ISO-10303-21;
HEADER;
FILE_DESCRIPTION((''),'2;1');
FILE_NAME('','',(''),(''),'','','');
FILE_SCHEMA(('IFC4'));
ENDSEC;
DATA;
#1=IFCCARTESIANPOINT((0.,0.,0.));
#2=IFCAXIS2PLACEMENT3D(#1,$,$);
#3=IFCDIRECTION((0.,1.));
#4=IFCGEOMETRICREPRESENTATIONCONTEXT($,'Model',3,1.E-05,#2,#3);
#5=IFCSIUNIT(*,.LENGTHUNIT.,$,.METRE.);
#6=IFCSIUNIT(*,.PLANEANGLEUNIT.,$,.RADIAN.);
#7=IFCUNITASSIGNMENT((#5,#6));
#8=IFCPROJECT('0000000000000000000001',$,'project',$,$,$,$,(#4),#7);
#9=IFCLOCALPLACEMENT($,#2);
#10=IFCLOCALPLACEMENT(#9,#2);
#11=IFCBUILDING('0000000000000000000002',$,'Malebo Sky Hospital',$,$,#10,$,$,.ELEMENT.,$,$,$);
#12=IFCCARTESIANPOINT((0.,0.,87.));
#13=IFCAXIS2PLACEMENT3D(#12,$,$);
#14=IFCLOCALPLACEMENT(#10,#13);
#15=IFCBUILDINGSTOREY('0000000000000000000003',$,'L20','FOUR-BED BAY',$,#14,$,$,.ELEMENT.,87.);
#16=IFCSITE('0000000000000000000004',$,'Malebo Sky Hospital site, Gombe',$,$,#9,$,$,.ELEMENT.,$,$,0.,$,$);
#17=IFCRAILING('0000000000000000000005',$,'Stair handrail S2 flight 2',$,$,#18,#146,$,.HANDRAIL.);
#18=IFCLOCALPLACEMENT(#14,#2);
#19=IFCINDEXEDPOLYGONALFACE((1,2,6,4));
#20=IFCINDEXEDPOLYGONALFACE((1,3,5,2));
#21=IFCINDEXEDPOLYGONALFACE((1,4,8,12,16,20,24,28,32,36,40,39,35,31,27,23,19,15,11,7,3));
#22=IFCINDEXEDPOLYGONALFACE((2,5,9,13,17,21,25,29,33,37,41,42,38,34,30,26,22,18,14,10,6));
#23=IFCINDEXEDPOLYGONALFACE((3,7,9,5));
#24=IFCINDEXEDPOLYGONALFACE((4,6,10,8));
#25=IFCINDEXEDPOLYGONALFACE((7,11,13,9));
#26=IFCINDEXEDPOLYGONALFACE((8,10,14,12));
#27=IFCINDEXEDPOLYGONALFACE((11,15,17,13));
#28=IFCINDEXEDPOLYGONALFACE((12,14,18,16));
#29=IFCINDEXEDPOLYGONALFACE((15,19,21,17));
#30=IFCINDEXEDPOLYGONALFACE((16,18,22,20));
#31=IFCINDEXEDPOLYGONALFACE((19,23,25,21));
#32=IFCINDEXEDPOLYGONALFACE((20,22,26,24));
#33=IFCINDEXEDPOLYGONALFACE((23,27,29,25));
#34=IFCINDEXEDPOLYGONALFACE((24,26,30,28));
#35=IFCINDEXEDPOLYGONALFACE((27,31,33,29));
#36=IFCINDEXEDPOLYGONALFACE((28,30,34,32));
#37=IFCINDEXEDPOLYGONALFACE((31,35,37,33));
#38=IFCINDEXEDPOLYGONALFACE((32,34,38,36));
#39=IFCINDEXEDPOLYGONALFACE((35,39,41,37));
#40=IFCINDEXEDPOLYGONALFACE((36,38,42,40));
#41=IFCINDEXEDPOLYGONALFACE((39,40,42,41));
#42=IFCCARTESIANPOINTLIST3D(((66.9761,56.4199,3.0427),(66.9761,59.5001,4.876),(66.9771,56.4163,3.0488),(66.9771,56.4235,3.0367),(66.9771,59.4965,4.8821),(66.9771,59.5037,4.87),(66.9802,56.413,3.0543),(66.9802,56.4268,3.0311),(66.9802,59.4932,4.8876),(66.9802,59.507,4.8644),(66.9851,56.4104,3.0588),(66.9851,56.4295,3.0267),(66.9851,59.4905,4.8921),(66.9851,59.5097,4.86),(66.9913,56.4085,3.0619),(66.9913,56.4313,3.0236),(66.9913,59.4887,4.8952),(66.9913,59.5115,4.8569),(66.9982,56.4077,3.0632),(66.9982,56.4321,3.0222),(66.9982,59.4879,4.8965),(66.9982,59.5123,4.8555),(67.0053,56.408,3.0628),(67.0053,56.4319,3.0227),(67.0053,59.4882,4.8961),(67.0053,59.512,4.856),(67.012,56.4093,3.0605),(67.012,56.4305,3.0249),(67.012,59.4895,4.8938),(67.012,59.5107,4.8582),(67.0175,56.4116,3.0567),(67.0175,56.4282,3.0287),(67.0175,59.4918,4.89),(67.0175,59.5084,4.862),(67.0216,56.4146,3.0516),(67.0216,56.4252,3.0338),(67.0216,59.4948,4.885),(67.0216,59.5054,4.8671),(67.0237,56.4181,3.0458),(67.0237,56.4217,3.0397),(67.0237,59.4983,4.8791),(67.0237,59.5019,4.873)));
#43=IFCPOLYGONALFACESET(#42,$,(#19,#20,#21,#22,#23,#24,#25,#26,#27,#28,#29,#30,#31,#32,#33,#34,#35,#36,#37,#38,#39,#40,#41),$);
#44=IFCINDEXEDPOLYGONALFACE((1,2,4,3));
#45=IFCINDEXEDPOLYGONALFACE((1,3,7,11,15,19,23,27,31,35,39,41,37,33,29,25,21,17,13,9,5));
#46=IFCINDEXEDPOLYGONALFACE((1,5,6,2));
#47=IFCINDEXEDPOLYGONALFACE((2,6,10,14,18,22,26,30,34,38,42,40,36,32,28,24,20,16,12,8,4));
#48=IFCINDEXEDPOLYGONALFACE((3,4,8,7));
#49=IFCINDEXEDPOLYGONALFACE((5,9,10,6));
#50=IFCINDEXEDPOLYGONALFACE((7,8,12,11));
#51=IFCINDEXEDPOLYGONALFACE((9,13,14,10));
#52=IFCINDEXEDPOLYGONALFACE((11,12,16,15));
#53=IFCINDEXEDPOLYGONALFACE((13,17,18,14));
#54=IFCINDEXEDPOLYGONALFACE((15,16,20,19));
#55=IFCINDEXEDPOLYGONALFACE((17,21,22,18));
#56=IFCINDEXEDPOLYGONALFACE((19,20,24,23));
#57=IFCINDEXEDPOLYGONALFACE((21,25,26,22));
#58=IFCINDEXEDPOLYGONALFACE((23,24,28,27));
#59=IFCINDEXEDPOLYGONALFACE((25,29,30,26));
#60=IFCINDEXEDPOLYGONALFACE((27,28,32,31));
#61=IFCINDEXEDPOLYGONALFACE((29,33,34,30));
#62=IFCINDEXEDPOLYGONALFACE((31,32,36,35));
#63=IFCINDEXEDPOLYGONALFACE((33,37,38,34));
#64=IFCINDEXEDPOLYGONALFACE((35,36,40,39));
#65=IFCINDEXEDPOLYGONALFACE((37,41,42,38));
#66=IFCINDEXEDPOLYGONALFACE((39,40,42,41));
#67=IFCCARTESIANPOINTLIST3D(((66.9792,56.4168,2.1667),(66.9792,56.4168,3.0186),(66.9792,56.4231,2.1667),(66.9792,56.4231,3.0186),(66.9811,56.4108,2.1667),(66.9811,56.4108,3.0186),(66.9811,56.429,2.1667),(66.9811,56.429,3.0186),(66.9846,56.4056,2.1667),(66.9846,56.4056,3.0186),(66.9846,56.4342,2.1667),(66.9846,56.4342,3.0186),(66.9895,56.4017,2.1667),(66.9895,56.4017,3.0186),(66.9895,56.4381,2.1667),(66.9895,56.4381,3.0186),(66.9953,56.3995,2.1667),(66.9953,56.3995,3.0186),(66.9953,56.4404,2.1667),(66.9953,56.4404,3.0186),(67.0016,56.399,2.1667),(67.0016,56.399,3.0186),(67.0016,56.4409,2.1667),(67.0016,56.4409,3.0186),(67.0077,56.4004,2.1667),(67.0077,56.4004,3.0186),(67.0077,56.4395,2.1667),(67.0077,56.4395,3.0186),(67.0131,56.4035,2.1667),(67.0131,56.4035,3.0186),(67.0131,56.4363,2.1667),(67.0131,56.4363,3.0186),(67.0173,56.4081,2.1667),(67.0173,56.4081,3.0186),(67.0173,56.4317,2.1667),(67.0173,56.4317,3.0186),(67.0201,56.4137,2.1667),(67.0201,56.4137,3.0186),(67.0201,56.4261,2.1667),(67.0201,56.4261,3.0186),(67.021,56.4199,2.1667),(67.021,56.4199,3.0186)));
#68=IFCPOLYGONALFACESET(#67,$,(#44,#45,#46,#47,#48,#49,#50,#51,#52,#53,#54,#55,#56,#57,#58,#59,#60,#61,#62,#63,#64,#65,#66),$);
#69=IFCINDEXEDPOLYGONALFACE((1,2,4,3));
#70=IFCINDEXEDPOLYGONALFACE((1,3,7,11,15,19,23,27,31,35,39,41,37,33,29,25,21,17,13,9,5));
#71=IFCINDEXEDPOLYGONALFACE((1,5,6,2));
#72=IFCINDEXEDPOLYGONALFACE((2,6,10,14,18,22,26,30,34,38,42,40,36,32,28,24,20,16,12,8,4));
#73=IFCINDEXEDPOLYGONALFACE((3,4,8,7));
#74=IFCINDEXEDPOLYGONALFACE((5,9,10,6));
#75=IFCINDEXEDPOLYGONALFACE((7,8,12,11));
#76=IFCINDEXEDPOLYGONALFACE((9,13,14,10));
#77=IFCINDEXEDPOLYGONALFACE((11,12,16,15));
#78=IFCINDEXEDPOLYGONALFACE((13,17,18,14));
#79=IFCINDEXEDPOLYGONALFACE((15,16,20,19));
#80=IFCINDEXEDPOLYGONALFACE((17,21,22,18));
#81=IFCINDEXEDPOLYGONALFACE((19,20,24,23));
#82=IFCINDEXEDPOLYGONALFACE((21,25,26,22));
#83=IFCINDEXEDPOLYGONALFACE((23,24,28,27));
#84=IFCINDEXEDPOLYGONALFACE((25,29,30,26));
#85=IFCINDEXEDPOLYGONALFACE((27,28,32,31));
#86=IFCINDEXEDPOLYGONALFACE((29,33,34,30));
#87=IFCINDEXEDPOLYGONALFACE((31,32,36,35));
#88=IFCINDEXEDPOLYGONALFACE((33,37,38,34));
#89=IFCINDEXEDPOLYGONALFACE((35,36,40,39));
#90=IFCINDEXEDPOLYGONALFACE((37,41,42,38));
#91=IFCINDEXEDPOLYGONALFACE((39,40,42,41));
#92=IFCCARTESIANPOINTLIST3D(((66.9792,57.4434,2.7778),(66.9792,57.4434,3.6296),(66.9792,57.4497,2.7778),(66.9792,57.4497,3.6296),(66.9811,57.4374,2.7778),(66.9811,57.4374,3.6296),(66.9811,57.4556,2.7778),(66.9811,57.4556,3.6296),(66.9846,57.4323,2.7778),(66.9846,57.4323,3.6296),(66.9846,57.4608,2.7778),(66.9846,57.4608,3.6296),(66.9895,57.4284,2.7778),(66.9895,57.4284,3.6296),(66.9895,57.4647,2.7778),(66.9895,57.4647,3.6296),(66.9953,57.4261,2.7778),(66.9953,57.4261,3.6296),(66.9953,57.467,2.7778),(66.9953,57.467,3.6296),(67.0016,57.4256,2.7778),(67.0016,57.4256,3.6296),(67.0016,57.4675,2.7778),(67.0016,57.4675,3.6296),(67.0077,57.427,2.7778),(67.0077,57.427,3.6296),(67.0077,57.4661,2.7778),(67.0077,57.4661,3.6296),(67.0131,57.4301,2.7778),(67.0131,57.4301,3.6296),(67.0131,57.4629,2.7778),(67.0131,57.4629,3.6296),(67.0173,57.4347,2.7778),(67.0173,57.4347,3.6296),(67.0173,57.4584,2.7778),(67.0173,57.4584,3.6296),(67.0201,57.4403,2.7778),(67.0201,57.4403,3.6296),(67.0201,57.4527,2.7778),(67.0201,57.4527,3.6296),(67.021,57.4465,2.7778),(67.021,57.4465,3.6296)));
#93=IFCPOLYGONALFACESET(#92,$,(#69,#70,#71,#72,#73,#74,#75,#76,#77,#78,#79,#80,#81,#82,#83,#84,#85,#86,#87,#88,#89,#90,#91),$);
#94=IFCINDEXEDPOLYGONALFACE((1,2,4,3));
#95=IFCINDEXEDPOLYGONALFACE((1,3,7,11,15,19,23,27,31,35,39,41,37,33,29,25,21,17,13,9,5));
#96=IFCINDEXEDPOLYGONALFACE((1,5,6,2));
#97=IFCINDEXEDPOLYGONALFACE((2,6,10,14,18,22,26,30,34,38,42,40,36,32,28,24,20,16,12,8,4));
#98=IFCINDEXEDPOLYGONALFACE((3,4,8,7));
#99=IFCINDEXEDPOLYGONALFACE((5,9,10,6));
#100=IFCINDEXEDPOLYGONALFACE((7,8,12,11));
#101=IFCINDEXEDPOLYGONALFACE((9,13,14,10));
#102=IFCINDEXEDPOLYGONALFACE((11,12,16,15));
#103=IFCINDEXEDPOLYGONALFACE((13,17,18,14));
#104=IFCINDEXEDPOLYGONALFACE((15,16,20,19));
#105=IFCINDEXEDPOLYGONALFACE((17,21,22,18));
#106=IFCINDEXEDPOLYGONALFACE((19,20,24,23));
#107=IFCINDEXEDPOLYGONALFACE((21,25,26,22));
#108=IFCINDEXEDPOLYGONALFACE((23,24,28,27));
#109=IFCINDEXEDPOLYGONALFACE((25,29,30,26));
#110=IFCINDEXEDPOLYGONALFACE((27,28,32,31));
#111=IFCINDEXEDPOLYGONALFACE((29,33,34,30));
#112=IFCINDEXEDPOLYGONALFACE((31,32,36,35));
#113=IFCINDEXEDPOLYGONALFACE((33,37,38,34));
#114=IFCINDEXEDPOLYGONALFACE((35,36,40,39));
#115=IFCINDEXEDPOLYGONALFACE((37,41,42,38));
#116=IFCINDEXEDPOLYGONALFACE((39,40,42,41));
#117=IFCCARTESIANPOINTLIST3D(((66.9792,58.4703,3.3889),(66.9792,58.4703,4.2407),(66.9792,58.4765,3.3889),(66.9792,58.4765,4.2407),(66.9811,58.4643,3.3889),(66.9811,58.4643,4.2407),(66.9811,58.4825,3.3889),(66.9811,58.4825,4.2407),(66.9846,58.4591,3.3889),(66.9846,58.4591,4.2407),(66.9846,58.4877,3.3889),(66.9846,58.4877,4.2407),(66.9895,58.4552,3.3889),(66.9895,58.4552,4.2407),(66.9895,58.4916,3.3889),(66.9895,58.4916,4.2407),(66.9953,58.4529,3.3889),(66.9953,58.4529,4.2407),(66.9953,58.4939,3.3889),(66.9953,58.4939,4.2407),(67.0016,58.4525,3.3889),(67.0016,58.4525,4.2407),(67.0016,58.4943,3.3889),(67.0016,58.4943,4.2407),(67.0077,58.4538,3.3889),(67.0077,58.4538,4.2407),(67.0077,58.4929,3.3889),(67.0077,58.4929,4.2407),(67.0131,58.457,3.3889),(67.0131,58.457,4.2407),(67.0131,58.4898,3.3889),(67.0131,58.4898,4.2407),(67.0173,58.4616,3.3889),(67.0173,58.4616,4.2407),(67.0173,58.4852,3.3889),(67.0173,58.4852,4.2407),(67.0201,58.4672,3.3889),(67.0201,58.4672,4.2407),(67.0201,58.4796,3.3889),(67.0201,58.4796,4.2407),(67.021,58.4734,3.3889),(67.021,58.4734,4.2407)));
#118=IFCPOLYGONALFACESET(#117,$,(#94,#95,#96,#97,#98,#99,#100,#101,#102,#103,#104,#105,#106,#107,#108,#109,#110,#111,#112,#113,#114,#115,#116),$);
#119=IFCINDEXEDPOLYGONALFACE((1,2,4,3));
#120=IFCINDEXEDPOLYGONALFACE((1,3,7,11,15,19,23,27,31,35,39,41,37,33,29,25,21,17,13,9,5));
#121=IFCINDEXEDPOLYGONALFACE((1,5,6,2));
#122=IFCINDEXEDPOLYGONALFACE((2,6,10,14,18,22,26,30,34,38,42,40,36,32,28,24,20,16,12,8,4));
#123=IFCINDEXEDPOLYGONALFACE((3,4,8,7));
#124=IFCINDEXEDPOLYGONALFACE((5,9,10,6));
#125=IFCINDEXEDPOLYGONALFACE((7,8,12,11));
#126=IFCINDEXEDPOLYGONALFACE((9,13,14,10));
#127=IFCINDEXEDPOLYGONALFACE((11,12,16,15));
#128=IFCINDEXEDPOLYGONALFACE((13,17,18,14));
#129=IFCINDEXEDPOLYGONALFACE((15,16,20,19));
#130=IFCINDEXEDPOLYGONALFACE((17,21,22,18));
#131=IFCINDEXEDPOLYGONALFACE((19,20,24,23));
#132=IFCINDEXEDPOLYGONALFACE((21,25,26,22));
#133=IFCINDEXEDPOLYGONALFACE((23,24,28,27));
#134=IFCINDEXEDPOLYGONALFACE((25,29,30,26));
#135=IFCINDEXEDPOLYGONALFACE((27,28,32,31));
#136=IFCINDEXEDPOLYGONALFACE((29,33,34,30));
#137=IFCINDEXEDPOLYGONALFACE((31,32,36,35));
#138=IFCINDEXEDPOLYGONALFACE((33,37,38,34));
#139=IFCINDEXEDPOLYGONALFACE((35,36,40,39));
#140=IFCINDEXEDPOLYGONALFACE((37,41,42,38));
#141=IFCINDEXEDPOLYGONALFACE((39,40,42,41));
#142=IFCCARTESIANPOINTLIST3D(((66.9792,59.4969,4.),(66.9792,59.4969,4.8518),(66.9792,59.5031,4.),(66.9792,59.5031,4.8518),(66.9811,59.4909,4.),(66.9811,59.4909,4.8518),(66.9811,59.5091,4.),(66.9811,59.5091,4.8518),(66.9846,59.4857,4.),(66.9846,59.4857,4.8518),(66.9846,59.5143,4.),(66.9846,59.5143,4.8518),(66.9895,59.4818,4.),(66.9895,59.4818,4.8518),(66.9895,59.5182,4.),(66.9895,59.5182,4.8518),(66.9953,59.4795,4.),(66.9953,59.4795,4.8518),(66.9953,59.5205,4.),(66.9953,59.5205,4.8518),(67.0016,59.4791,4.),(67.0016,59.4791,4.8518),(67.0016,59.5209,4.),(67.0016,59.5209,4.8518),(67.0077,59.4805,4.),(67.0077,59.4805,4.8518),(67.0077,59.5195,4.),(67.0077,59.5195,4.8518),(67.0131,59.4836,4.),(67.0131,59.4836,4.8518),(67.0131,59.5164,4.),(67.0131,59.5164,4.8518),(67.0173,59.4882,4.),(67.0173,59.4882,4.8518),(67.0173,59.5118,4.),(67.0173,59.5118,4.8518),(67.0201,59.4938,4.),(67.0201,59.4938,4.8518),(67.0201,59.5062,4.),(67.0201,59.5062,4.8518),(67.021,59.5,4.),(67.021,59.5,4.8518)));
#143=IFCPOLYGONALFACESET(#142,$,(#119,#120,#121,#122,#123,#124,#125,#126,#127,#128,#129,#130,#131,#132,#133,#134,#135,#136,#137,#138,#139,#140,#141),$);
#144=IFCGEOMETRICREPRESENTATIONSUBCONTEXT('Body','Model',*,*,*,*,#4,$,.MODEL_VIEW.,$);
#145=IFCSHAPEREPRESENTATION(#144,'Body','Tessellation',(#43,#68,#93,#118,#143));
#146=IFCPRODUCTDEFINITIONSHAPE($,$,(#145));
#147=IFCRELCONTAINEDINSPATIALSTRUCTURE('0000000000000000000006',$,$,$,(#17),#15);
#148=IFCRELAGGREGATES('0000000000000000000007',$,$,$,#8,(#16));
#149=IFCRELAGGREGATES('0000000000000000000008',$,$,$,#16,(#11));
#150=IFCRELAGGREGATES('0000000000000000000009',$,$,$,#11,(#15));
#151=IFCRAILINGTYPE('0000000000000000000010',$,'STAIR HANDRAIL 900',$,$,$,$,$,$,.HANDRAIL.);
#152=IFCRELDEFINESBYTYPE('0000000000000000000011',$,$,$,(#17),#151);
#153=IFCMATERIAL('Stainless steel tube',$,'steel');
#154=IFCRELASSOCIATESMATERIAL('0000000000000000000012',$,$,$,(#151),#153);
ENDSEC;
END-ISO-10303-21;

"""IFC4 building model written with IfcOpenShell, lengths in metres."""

from ifc_helpers import new_model, si_unit, direction, frame, origin, origin_2d, place, context, subcontext, project, spatial, circle, extrude, material, type_object, element, save


model = new_model("IFC4")

# Units and contexts
model_context = context("Model", 3, precision=1e-05, world=origin(), true_north=direction((0.0, 1.0)))
body_context = subcontext(model_context, "Body", "Model", "MODEL_VIEW")
ifc_project = project(units=[si_unit("LENGTHUNIT", "METRE"), si_unit("PLANEANGLEUNIT", "RADIAN")], contexts=[model_context])

# Site, building, storey
site_placement = place(None, origin())
site = spatial("IfcSite", under=ifc_project, at=site_placement, Name="Malebo Sky Hospital site, Gombe", CompositionType="ELEMENT", RefElevation=0.0)
building_placement = place(site_placement, origin())
building = spatial("IfcBuilding", under=site, at=building_placement, Name="Malebo Sky Hospital", CompositionType="ELEMENT")
storey_placement = place(building_placement, frame((0.0, 0.0, 87.0)))
storey = spatial("IfcBuildingStorey", under=building, at=storey_placement, Name="L20", Description="FOUR-BED BAY", CompositionType="ELEMENT", Elevation=87.0)

# Railing
ifc_material_1 = material(Name="Stainless steel tube", Category="steel")
railing_type = type_object("IfcRailingType", Name="STAIR HANDRAIL 900", PredefinedType="HANDRAIL", material=ifc_material_1)
railing_1_placement = place(storey_placement, frame((67.0, 56.4199, 2.1667)))
element("IfcRailing", 1, at=railing_1_placement, inside=storey, type_object=railing_type, Name="Stair handrail S2 flight 2", PredefinedType="HANDRAIL", context=body_context, shape_type="SweptSolid", body=[
    extrude(circle(Radius=0.0239, at=origin_2d()), frame((0.0, 0.0, 0.876), z_axis=(0.0, 0.859309, 0.511458), x_axis=(-1.0, 0.0, 0.0)), (0.0, 0.0, 1.0), 3.5845),
    extrude(circle(Radius=0.021, at=origin_2d()), origin(), (0.0, 0.0, 1.0), 0.8518),
    extrude(circle(Radius=0.021, at=origin_2d()), frame((0.0, 1.0266, 0.6111)), (0.0, 0.0, 1.0), 0.8518),
    extrude(circle(Radius=0.021, at=origin_2d()), frame((0.0, 2.0535, 1.2222)), (0.0, 0.0, 1.0), 0.8518),
    extrude(circle(Radius=0.021, at=origin_2d()), frame((0.0, 3.0801, 1.8333)), (0.0, 0.0, 1.0), 0.8518),
])

save(model, "model.ifc")
